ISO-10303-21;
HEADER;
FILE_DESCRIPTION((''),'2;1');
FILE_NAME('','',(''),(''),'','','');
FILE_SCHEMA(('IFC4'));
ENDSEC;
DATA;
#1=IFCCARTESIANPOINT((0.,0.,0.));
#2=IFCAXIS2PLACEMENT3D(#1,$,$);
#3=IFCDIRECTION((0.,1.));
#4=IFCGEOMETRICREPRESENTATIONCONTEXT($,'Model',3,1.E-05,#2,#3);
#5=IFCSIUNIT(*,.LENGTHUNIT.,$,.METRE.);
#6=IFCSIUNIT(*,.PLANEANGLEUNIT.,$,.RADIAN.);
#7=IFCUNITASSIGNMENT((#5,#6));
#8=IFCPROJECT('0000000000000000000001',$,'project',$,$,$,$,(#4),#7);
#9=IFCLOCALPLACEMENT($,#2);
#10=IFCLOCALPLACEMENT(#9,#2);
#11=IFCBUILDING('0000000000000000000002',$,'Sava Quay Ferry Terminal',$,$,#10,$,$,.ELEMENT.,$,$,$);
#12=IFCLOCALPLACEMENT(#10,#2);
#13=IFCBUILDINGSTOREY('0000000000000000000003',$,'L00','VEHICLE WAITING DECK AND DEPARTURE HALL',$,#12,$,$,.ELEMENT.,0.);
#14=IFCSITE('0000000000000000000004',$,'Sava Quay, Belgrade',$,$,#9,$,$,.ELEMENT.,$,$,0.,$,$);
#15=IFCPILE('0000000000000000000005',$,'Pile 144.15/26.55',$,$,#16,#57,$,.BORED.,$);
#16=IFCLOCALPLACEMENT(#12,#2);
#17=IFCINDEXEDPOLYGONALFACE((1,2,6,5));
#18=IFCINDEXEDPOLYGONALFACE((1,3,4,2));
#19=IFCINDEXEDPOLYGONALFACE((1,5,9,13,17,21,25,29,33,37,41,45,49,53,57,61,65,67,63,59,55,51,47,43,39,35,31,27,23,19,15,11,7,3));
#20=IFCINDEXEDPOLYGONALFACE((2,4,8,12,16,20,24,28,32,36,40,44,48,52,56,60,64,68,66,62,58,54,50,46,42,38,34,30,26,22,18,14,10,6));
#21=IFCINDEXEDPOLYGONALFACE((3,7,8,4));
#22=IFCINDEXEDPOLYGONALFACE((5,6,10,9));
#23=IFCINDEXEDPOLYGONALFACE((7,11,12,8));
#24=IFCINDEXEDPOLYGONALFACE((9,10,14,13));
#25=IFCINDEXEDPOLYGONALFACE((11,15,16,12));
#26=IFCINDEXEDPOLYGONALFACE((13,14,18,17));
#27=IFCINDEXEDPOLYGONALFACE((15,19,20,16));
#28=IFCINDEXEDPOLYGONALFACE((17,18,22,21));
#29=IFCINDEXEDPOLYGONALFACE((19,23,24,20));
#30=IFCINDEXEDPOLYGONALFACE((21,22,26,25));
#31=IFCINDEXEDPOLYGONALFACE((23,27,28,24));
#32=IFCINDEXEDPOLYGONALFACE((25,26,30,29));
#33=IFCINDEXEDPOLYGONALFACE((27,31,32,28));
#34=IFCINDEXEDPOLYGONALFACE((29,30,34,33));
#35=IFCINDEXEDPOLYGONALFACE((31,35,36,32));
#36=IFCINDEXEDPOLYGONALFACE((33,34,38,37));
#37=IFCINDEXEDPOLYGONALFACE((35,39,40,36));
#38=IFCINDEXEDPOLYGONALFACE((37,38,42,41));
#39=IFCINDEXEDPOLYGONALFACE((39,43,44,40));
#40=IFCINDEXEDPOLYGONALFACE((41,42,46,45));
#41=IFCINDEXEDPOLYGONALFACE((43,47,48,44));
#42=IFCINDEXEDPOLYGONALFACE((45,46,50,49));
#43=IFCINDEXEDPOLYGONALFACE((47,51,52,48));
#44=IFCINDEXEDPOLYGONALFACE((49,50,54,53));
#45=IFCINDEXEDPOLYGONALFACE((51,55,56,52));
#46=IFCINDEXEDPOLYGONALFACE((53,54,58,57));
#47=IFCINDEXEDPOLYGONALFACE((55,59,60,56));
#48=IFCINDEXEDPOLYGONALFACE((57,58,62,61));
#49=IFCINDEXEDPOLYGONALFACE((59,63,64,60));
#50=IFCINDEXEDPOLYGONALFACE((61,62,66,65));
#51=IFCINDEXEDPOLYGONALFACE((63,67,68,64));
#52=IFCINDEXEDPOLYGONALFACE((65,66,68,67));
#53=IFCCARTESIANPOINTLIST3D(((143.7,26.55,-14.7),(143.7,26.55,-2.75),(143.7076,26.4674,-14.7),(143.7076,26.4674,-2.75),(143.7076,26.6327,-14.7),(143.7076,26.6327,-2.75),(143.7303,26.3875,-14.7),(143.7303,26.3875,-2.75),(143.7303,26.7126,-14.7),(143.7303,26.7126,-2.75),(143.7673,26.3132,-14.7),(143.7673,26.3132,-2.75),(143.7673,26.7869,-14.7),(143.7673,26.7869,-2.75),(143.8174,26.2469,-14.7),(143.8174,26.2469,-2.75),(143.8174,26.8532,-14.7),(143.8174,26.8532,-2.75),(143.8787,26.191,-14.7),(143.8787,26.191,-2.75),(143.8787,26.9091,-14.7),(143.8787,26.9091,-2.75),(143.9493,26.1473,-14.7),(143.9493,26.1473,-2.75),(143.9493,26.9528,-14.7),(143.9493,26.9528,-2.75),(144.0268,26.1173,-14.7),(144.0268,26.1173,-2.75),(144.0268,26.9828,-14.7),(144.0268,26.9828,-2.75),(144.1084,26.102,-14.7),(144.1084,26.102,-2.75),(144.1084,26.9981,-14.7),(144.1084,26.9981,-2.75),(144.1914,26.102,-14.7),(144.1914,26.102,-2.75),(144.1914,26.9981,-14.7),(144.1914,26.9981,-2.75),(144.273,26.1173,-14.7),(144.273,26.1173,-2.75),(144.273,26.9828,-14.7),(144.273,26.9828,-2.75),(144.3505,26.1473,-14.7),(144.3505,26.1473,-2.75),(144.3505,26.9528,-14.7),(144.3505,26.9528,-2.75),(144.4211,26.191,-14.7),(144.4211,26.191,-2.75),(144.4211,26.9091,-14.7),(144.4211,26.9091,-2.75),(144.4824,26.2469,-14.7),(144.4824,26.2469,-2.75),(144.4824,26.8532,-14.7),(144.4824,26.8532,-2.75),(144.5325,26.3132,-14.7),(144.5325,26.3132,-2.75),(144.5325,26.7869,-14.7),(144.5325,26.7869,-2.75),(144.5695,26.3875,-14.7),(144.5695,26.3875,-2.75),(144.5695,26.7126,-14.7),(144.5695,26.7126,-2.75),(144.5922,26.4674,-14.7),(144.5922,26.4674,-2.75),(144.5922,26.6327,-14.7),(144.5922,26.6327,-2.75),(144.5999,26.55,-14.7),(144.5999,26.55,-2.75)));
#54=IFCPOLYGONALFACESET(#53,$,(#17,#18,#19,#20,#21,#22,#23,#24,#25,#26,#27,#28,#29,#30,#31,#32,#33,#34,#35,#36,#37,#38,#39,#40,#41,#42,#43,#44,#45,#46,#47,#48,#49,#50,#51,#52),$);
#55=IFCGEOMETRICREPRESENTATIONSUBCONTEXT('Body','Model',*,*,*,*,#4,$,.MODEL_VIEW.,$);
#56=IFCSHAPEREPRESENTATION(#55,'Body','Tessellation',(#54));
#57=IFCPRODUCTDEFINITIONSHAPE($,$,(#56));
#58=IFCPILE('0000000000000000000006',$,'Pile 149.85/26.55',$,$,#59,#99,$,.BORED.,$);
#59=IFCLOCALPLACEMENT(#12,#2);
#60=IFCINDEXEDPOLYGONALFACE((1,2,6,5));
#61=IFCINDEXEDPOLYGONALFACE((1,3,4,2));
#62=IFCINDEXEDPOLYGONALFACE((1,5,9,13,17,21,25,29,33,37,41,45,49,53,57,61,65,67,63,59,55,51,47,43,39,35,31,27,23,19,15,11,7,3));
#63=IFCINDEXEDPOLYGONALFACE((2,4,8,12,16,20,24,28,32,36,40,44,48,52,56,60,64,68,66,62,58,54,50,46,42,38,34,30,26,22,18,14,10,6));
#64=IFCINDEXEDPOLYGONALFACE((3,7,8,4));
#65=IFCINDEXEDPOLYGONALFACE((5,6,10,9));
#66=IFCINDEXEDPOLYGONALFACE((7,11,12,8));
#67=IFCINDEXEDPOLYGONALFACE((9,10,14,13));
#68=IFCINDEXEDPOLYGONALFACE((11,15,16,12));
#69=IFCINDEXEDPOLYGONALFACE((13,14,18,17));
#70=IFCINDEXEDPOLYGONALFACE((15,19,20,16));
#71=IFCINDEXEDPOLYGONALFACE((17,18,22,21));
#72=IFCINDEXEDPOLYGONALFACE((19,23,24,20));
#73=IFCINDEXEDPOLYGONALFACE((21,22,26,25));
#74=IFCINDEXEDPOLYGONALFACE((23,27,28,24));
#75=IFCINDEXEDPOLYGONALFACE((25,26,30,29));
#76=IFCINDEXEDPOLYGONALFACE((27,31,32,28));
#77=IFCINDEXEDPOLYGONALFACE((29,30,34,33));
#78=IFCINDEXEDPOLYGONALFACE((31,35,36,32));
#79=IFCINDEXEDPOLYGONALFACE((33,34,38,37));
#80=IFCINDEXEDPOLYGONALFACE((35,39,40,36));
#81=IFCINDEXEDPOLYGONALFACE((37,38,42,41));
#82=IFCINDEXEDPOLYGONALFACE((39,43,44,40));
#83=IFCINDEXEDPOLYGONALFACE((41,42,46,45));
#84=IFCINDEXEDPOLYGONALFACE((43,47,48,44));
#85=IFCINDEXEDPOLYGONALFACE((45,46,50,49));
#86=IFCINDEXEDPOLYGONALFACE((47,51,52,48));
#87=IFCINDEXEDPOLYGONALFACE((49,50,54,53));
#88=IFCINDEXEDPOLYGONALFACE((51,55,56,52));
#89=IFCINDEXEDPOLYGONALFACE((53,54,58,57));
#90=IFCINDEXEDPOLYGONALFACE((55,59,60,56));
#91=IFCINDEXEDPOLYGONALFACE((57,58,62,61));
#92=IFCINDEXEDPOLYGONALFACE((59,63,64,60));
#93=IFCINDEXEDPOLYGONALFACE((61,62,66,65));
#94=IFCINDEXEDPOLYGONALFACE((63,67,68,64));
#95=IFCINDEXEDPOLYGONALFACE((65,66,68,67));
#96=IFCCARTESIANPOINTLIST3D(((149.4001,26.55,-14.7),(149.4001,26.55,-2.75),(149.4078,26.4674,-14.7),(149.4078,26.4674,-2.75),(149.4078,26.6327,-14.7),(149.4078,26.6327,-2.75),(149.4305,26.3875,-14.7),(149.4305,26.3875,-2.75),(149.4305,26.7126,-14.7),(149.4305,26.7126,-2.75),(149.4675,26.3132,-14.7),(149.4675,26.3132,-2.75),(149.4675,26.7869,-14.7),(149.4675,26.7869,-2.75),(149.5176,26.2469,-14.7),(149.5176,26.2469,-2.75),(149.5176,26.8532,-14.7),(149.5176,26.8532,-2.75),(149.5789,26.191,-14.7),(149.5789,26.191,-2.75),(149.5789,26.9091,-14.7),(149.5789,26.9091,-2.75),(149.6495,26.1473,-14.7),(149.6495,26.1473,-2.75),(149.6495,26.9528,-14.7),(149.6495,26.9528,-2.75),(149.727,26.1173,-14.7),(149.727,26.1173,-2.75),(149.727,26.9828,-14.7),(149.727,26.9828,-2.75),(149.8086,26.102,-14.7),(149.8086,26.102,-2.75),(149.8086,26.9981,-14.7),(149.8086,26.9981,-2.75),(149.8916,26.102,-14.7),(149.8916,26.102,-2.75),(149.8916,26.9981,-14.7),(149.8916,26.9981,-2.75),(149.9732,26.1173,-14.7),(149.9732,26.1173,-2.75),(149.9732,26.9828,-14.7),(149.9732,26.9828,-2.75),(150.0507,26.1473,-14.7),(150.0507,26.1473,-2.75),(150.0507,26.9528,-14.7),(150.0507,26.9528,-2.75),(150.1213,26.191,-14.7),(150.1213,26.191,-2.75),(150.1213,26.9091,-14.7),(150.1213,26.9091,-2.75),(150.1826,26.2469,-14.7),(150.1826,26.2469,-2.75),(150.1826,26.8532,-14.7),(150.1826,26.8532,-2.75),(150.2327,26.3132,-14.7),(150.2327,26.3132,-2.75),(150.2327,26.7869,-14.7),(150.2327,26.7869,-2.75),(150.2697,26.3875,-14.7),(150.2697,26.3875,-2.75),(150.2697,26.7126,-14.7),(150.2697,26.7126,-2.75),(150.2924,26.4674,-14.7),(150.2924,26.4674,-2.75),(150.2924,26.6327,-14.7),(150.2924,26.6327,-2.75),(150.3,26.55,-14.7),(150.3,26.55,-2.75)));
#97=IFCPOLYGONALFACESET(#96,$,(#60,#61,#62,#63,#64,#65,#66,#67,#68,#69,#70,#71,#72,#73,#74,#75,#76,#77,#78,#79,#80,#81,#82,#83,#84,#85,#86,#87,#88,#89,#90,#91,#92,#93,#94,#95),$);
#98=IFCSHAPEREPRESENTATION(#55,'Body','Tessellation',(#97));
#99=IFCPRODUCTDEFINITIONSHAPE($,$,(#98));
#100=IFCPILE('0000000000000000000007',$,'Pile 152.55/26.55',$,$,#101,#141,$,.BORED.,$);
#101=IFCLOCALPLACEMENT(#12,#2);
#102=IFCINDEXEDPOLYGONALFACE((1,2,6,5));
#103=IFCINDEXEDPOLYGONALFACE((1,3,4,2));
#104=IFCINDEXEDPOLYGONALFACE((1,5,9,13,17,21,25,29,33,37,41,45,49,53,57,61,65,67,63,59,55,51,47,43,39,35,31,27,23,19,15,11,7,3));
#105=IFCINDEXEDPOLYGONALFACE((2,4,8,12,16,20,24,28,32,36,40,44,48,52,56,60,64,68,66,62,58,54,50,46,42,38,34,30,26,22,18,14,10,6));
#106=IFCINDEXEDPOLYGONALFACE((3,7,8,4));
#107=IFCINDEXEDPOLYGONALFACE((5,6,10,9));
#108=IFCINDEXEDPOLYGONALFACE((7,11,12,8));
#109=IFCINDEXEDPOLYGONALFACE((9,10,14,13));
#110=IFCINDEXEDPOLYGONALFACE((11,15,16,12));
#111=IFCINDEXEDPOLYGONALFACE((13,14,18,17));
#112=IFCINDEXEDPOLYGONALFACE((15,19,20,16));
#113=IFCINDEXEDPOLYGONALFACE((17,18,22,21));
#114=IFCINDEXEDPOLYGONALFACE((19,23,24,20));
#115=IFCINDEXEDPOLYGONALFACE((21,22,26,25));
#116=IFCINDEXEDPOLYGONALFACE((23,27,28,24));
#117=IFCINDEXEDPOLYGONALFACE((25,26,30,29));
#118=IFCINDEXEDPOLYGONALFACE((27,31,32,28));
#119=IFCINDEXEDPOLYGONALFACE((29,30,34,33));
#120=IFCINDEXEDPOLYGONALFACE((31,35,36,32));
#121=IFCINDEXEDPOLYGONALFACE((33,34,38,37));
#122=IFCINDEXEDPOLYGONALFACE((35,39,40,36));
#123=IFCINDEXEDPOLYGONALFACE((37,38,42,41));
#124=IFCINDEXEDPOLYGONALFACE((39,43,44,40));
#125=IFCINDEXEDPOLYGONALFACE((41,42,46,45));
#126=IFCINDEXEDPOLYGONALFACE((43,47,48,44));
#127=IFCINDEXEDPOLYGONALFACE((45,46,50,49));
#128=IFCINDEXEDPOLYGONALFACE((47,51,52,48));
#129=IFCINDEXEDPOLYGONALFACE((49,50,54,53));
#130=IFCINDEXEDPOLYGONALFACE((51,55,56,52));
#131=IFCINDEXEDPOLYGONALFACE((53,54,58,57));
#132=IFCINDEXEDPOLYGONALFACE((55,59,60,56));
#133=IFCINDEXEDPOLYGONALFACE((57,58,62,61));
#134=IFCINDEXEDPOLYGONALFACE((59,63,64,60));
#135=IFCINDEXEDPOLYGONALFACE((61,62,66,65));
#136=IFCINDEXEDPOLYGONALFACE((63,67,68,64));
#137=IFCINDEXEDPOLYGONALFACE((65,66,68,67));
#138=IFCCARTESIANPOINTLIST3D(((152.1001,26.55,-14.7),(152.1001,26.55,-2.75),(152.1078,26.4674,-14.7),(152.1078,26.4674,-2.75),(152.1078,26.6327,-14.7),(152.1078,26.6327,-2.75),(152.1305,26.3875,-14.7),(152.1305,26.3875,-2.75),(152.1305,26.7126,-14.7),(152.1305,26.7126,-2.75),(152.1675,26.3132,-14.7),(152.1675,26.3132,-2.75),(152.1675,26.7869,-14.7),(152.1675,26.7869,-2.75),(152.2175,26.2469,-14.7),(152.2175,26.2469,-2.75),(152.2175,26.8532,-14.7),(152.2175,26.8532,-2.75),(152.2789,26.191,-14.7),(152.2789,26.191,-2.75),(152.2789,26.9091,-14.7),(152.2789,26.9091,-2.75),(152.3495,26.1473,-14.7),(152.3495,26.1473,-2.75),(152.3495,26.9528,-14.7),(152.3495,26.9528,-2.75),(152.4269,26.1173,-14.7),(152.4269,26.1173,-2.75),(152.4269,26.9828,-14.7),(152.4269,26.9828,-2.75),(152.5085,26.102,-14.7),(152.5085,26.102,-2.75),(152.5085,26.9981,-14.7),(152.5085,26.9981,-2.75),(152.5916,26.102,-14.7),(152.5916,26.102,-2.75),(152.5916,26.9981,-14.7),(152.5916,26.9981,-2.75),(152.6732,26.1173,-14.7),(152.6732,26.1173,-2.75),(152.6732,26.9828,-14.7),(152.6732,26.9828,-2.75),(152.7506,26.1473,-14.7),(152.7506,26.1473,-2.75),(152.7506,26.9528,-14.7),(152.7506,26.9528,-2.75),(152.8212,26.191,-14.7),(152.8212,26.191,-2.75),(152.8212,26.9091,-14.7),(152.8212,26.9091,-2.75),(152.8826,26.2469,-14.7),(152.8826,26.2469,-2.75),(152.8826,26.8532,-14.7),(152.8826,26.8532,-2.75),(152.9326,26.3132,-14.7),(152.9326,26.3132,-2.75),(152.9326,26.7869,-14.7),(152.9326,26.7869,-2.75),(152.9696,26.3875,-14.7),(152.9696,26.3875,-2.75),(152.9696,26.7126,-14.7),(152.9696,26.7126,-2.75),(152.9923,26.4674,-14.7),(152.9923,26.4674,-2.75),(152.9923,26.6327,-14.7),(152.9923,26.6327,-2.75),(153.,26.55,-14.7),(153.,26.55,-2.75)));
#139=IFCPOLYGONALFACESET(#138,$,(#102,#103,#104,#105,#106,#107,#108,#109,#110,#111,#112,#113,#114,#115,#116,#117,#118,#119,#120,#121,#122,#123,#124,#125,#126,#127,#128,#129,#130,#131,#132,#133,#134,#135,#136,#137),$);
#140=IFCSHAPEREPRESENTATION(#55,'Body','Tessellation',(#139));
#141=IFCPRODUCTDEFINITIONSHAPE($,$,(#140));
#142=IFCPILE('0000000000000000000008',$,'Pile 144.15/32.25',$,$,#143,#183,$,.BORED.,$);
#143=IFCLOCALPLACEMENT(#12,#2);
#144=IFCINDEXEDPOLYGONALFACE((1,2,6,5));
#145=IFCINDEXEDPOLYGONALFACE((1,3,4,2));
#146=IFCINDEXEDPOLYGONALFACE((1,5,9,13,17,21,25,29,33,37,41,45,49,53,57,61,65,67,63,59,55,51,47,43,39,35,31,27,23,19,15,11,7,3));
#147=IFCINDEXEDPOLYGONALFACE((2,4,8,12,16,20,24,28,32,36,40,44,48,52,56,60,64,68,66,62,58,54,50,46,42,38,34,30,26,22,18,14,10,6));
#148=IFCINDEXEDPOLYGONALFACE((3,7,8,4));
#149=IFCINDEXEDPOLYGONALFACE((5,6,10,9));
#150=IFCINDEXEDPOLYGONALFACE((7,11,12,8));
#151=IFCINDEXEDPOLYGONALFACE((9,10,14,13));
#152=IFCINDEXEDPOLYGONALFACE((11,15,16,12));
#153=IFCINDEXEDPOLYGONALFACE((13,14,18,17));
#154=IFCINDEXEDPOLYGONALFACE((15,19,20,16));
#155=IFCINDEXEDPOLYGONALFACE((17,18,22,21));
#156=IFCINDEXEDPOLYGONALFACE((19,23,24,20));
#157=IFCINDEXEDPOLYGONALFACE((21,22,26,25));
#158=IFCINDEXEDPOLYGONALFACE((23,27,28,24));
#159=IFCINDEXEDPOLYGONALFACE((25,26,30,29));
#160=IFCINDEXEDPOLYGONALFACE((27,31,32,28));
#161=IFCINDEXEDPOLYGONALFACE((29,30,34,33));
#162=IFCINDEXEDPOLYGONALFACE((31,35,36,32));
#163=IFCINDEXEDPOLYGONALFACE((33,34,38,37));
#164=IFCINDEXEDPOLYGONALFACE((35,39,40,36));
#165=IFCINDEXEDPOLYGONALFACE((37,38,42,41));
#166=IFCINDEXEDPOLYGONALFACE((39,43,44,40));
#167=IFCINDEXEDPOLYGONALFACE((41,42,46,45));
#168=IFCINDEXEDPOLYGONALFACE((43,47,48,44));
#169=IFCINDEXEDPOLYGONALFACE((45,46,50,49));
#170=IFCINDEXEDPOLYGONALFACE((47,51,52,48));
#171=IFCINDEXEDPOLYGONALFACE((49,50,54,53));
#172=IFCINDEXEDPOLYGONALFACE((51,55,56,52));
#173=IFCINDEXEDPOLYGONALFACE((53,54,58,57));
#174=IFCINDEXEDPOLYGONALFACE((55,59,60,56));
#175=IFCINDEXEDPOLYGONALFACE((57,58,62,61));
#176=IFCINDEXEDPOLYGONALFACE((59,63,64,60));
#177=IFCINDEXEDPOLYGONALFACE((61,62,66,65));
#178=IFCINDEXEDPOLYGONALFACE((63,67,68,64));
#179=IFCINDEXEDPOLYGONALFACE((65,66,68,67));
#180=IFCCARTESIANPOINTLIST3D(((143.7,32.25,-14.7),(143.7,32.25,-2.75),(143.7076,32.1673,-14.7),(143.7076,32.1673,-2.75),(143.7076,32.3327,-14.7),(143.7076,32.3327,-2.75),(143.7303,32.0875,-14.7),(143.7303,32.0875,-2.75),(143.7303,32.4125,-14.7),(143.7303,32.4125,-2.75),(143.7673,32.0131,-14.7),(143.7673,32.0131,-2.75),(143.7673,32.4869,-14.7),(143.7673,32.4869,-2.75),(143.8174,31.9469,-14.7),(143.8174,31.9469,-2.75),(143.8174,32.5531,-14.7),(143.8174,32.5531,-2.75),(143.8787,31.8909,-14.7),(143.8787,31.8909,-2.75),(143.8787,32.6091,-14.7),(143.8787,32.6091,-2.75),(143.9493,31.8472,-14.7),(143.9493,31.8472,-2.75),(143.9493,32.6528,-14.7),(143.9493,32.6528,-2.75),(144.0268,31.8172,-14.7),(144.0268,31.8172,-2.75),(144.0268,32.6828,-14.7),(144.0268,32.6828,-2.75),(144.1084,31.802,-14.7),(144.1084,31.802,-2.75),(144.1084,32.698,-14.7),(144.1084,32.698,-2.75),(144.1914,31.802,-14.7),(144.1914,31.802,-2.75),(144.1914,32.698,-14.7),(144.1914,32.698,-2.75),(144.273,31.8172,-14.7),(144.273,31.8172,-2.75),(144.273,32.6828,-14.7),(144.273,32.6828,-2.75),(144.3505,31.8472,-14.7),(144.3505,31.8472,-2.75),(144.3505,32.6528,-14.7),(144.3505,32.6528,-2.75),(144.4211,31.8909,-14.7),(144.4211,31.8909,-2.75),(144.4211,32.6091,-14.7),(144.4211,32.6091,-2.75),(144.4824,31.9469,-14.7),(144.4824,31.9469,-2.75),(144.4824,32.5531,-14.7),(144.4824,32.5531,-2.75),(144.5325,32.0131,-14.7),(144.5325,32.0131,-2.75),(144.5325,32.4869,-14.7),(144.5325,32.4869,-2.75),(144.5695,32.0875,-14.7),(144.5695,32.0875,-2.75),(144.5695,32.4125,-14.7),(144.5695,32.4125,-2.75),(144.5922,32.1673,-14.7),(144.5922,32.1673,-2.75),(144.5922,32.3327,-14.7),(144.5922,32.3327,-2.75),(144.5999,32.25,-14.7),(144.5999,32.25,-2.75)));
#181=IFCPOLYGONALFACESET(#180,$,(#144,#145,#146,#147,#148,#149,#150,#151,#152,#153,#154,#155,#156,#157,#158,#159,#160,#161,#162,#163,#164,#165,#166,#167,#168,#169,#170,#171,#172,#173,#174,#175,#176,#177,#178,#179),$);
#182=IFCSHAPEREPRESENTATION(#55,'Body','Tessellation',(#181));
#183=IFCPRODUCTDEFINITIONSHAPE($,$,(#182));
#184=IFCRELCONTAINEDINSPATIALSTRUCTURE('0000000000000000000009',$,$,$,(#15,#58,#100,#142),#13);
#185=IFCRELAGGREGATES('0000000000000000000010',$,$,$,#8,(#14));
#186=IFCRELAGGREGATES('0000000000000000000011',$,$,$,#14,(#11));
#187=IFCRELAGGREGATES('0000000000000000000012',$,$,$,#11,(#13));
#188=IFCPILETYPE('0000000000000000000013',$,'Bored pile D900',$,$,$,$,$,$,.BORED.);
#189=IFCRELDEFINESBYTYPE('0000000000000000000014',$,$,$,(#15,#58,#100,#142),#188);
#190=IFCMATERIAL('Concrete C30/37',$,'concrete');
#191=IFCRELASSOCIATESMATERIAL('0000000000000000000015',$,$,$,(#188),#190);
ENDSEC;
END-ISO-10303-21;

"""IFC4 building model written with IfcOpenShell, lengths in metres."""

from ifc_helpers import new_model, si_unit, direction, frame, origin, origin_2d, place, context, subcontext, project, spatial, circle, extrude, material, material_profile, profile_set, type_object, element, save


model = new_model("IFC4")

# Units and contexts
model_context = context("Model", 3, precision=1e-05, world=origin(), true_north=direction((0.0, 1.0)))
body_context = subcontext(model_context, "Body", "Model", "MODEL_VIEW")
ifc_project = project(units=[si_unit("LENGTHUNIT", "METRE"), si_unit("PLANEANGLEUNIT", "RADIAN")], contexts=[model_context])

# Site, building, storey
site_placement = place(None, origin())
site = spatial("IfcSite", under=ifc_project, at=site_placement, Name="Sava Quay, Belgrade", CompositionType="ELEMENT", RefElevation=0.0)
building_placement = place(site_placement, origin())
building = spatial("IfcBuilding", under=site, at=building_placement, Name="Sava Quay Ferry Terminal", CompositionType="ELEMENT")
storey_placement = place(building_placement, origin())
storey = spatial("IfcBuildingStorey", under=building, at=storey_placement, Name="L00", Description="VEHICLE WAITING DECK AND DEPARTURE HALL", CompositionType="ELEMENT", Elevation=0.0)

# Piles
ifc_material_1 = material(Name="Concrete C30/37", Category="concrete")
ifc_material_profile_1 = material_profile(ifc_material_1, circle(Radius=0.45, at=origin_2d()), Name="Bored pile D900")
ifc_profile_set_1 = profile_set([ifc_material_profile_1], Name="Concrete C30/37")
pile_type = type_object("IfcPileType", Name="Bored pile D900", PredefinedType="BORED", material=ifc_profile_set_1)
for number, where, z_axis, x_axis, name in (
    (1, (144.1499, 26.55, -2.75), (0.0, 0.0, -1.0), (1.0, 0.0, 0.0), "Pile 144.15/26.55"),
    (2, (149.8501, 26.55, -2.75), (0.0, 0.0, -1.0), (1.0, 0.0, 0.0), "Pile 149.85/26.55"),
    (3, (152.55, 26.55, -2.75), (0.0, 0.0, -1.0), (1.0, 0.0, 0.0), "Pile 152.55/26.55"),
    (4, (144.1499, 32.25, -2.75), (0.0, 0.0, -1.0), (1.0, 0.0, 0.0), "Pile 144.15/32.25"),
):
    element("IfcPile", number, at=place(storey_placement, frame(where, z_axis=z_axis, x_axis=x_axis)), inside=storey, type_object=pile_type, Name=name, PredefinedType="BORED", context=body_context, shape_type="SweptSolid", body=[
        extrude(circle(Radius=0.45, at=origin_2d()), origin(), (0.0, 0.0, 1.0), 11.95),
    ])

save(model, "model.ifc")
